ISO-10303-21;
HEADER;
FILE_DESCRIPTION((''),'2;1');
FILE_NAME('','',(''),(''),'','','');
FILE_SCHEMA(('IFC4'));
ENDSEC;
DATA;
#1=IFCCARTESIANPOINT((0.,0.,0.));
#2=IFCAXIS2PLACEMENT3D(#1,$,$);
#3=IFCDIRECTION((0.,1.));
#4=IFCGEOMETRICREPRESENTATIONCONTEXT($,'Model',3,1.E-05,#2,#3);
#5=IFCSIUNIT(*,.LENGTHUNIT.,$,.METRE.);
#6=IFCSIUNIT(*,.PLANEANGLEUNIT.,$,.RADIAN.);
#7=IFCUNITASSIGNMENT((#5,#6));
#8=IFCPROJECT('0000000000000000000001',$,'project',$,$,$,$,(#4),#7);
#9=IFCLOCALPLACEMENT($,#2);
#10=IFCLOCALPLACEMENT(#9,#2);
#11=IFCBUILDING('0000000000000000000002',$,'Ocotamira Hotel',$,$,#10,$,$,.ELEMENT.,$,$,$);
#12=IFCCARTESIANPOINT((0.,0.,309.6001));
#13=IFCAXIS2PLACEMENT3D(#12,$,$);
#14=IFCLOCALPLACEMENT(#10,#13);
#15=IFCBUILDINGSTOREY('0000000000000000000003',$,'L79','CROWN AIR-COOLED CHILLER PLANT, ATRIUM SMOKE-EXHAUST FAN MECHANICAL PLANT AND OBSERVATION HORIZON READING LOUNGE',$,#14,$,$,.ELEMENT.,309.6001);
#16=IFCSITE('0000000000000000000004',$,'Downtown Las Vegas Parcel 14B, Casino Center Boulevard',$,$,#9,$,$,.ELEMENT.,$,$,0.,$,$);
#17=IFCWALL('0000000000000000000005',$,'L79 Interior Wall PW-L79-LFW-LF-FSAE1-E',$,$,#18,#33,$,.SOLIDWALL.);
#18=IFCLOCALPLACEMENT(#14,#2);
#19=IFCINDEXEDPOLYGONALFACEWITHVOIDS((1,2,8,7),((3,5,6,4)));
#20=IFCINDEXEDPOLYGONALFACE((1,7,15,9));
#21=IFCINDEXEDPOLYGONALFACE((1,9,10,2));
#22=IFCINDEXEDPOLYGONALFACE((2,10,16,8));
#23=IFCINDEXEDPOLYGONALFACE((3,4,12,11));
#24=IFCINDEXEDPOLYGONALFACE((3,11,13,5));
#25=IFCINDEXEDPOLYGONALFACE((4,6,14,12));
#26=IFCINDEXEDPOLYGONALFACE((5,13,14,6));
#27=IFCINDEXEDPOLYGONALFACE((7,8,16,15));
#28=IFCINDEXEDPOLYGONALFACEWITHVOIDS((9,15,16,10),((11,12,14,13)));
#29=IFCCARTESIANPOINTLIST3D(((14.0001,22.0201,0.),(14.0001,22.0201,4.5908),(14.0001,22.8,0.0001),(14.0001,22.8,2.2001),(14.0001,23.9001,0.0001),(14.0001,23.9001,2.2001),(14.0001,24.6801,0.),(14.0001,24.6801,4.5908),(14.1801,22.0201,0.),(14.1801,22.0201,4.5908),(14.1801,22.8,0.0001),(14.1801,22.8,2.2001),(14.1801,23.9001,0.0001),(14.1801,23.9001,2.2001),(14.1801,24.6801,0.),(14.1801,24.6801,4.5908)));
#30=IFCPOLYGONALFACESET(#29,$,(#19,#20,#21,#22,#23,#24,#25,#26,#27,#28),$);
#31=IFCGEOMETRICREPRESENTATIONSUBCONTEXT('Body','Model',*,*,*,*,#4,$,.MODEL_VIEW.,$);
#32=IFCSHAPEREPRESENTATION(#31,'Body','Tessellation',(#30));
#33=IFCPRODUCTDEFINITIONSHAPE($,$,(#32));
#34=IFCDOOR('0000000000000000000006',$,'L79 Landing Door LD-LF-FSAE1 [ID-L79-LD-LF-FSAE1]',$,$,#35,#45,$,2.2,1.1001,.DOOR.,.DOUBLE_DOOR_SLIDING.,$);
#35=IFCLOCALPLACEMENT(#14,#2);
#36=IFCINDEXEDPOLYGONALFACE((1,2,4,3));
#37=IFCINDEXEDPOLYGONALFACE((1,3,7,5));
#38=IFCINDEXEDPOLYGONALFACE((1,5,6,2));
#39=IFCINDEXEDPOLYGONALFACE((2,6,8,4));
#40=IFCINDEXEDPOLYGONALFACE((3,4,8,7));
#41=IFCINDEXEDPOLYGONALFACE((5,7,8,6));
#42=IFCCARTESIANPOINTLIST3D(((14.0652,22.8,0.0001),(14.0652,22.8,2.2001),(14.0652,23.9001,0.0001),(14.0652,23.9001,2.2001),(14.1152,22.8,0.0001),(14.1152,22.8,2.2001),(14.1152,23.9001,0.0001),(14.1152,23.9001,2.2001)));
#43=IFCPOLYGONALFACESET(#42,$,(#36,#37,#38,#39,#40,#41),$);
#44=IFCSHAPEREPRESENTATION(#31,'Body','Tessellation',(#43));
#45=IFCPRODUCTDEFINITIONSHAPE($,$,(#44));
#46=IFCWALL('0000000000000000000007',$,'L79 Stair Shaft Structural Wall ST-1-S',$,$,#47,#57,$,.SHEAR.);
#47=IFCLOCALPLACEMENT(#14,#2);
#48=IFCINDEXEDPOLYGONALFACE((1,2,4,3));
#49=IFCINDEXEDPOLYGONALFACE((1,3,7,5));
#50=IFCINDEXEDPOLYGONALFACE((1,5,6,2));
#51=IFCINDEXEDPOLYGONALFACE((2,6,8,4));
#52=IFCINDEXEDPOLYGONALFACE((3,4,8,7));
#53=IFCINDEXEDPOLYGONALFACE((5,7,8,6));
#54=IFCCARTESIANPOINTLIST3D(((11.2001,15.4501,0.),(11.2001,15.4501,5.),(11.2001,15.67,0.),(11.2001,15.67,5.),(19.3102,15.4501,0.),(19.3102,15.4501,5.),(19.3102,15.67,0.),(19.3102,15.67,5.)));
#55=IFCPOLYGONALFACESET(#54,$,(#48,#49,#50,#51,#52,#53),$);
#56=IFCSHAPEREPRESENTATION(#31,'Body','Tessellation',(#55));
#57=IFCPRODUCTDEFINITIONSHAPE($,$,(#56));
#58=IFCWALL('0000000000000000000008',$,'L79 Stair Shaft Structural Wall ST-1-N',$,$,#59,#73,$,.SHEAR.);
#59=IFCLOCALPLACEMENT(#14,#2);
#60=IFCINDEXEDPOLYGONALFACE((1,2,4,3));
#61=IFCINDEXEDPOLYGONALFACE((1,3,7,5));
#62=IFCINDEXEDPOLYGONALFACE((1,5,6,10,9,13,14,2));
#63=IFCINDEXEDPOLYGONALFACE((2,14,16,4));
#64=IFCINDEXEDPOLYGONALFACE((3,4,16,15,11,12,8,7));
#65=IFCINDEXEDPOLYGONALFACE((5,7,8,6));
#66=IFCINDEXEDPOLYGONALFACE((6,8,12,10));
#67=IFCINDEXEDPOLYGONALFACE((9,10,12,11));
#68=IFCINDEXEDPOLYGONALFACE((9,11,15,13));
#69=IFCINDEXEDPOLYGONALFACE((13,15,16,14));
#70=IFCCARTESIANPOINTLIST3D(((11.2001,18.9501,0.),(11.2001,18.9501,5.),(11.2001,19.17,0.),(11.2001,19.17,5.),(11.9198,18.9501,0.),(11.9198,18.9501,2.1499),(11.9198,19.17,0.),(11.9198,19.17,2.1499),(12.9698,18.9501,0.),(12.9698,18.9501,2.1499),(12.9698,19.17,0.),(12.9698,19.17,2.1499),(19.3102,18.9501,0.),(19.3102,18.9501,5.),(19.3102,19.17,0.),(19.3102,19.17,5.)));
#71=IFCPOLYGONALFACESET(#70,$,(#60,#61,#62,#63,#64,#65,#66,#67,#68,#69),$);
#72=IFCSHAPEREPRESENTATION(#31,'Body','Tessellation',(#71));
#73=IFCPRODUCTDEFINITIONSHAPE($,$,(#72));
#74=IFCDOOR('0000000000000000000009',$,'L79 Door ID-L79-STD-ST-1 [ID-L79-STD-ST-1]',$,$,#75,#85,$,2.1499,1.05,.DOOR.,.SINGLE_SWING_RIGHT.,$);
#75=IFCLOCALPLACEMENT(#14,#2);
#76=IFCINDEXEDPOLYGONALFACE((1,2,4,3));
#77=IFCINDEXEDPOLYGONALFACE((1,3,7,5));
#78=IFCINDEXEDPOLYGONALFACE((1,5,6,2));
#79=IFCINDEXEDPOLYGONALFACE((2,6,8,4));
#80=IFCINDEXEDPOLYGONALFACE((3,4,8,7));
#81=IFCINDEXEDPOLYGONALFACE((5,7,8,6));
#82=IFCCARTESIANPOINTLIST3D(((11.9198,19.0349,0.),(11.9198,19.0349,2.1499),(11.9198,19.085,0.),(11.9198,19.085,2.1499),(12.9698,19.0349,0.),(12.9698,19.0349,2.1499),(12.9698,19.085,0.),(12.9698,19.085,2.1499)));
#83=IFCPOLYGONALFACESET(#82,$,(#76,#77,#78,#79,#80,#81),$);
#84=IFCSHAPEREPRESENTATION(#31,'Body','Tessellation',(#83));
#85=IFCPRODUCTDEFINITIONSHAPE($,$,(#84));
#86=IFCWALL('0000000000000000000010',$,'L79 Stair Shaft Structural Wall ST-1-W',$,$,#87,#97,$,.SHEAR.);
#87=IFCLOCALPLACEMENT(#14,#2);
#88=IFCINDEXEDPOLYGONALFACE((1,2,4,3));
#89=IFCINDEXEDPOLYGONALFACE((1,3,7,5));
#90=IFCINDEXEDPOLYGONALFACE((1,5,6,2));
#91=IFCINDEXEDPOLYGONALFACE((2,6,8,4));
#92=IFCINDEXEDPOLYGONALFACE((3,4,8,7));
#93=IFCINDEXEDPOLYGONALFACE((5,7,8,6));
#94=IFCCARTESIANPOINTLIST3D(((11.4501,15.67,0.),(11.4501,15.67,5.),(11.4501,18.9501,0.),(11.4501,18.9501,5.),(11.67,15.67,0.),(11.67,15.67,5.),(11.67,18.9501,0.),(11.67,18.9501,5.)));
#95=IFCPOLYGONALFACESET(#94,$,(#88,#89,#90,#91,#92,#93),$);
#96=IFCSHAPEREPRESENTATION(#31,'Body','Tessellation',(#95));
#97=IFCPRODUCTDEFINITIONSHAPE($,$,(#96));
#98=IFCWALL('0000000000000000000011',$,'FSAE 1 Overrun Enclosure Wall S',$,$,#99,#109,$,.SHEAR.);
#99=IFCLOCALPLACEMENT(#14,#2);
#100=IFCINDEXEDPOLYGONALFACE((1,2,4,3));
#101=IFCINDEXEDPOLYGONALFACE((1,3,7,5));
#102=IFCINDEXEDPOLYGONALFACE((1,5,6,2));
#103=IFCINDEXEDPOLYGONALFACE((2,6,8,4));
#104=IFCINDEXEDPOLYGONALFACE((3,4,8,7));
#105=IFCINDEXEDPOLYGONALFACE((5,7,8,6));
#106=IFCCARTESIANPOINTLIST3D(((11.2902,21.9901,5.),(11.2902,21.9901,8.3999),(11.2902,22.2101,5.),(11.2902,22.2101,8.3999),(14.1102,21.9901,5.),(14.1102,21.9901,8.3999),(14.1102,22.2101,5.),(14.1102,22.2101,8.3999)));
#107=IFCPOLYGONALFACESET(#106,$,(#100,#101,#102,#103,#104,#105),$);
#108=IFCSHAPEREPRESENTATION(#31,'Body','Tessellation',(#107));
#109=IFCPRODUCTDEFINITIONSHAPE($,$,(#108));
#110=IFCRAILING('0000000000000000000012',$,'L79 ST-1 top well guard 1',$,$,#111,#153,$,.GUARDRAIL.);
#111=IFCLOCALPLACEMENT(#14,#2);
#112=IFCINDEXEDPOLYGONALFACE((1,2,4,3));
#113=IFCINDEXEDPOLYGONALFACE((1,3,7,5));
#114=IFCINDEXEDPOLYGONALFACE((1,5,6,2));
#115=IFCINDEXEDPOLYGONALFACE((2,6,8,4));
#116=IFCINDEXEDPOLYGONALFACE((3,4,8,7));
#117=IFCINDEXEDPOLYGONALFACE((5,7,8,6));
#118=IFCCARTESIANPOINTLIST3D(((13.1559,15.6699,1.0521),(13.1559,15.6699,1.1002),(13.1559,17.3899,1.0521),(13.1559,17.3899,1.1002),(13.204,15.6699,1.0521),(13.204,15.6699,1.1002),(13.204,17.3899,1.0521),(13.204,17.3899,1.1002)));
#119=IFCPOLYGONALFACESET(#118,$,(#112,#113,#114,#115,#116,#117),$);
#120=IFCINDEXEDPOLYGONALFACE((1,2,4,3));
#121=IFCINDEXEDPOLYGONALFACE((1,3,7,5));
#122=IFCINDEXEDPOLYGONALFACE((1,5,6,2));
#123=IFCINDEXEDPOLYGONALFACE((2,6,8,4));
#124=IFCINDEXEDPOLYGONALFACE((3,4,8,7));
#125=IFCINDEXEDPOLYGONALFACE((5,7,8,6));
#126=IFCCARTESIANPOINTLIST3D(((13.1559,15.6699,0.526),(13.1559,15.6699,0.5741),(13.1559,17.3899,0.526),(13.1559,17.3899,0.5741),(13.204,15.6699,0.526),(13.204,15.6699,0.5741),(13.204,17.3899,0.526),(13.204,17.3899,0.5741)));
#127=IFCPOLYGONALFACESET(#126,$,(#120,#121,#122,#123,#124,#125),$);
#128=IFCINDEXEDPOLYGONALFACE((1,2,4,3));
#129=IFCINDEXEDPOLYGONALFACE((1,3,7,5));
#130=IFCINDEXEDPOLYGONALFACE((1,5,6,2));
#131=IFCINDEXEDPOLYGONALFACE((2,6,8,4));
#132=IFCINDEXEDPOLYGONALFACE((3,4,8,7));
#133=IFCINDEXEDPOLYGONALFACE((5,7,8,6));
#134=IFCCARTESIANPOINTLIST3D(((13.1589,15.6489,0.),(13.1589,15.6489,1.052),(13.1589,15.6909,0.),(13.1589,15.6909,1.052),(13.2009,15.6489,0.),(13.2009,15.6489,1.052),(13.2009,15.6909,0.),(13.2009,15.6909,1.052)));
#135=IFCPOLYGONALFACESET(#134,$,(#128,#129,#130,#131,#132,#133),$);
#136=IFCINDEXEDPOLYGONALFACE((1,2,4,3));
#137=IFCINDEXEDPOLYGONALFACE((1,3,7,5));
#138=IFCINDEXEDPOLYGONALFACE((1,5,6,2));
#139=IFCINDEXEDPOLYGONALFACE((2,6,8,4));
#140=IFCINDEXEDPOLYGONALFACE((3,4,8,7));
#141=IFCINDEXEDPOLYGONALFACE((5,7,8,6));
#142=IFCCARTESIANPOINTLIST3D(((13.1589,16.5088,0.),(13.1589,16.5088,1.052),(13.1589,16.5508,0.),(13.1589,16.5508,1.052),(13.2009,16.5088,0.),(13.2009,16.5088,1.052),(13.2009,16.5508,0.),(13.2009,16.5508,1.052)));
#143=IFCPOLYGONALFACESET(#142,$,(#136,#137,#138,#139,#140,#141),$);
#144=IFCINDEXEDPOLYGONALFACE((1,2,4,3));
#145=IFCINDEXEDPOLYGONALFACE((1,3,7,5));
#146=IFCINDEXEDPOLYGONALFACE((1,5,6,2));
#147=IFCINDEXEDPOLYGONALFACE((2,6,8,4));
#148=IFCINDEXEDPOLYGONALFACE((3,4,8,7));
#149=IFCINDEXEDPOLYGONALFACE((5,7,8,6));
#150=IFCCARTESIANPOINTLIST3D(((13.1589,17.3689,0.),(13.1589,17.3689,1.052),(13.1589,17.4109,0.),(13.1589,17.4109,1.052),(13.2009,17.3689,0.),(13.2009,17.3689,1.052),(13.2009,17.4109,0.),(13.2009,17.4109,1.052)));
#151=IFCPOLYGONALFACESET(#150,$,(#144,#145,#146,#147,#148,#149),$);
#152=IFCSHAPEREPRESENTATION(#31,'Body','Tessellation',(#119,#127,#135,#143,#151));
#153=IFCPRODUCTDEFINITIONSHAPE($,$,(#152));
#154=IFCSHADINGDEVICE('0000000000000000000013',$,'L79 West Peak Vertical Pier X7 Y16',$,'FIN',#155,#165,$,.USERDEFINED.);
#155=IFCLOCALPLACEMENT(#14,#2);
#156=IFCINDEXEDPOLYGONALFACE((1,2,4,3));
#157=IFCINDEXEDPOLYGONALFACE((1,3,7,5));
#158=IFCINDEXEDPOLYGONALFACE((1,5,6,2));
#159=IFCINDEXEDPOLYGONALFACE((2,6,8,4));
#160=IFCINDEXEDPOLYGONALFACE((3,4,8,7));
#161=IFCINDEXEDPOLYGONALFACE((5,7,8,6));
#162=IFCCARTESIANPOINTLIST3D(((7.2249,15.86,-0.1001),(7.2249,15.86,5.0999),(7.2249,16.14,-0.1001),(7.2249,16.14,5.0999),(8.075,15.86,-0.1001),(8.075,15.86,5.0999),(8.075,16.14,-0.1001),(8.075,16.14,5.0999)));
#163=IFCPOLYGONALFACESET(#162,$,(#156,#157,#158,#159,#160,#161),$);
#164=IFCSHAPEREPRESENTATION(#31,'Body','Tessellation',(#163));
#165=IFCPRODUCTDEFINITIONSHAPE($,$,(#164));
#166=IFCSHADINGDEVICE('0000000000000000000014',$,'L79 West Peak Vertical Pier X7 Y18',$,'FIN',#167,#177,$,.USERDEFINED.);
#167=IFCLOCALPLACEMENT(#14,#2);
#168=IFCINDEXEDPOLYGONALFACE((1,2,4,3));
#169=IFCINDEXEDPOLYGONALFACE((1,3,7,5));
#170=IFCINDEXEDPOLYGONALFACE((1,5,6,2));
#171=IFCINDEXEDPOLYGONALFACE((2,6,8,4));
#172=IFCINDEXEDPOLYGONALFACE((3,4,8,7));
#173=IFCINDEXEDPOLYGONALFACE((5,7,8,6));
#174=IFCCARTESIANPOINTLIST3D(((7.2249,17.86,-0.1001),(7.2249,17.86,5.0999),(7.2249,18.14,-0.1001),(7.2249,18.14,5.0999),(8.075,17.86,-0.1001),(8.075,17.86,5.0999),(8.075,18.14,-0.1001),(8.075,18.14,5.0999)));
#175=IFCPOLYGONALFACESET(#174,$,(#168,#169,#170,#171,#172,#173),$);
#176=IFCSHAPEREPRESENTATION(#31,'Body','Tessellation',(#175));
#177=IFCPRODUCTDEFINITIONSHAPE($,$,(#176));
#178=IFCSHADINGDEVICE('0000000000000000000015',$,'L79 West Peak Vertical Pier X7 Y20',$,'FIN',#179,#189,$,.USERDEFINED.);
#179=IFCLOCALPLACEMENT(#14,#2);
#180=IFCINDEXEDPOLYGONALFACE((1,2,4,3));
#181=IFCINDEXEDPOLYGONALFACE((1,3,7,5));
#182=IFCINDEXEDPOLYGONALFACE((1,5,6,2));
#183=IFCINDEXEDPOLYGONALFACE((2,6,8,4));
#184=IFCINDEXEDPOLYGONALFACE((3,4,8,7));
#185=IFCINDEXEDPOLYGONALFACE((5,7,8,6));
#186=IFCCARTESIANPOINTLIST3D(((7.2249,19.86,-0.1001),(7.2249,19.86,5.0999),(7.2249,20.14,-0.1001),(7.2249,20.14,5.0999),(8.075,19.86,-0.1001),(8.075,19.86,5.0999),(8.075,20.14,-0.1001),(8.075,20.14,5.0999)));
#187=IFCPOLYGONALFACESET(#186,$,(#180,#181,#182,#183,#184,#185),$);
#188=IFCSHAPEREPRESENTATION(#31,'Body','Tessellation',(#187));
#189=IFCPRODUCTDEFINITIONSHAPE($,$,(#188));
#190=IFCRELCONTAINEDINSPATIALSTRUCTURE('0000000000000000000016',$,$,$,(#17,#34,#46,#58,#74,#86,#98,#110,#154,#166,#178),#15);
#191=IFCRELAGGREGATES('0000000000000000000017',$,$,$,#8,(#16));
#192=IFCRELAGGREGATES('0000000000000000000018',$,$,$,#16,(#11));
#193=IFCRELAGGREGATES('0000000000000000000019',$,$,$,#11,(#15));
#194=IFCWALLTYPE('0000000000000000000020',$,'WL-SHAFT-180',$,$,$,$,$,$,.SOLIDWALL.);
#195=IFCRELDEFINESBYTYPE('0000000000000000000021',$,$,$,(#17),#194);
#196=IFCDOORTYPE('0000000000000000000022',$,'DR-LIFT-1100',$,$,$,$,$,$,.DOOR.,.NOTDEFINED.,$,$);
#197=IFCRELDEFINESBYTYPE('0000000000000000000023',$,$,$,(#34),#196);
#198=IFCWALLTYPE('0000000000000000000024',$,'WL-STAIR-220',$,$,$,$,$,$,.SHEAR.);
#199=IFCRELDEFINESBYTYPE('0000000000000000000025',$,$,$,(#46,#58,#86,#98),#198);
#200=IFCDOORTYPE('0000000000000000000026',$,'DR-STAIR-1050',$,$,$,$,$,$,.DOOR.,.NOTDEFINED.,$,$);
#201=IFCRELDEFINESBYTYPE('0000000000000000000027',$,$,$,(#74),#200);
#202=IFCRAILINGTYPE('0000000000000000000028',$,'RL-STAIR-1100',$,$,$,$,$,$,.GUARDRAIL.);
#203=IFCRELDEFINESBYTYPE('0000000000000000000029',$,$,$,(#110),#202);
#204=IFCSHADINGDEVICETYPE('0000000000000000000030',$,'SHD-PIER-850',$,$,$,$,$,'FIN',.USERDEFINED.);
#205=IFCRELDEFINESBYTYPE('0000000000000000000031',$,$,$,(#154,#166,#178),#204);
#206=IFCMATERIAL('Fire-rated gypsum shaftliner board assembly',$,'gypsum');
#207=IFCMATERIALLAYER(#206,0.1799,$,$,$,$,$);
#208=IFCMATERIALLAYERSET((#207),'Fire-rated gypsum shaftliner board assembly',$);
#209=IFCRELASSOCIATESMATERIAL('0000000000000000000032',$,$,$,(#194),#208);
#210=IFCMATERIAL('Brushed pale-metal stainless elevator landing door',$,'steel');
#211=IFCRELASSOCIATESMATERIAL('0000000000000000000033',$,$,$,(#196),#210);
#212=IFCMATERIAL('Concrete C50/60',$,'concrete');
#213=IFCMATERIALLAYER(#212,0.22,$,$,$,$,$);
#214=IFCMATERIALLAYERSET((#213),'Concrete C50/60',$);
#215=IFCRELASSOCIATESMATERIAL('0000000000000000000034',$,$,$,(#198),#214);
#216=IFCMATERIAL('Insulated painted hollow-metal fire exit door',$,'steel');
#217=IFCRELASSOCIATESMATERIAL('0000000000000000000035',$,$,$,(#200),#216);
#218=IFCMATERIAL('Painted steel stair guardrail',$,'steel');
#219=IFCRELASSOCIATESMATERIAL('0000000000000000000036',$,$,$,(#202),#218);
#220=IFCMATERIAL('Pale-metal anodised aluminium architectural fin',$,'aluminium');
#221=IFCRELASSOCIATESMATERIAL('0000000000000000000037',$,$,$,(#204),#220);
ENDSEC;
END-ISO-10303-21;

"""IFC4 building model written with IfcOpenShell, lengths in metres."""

from ifc_helpers import new_model, si_unit, direction, frame, frame_2d, origin, origin_2d, place, context, subcontext, project, spatial, rectangle, extrude, source, transform, mapped, material, layer, layer_set, type_object, element, fill, save


model = new_model("IFC4")

# Units and contexts
model_context = context("Model", 3, precision=1e-05, world=origin(), true_north=direction((0.0, 1.0)))
body_context = subcontext(model_context, "Body", "Model", "MODEL_VIEW")
ifc_project = project(units=[si_unit("LENGTHUNIT", "METRE"), si_unit("PLANEANGLEUNIT", "RADIAN")], contexts=[model_context])

# Site, building, storey
site_placement = place(None, origin())
site = spatial("IfcSite", under=ifc_project, at=site_placement, Name="Downtown Las Vegas Parcel 14B, Casino Center Boulevard", CompositionType="ELEMENT", RefElevation=0.0)
building_placement = place(site_placement, origin())
building = spatial("IfcBuilding", under=site, at=building_placement, Name="Ocotamira Hotel", CompositionType="ELEMENT")
storey_placement = place(building_placement, frame((0.0, 0.0, 309.6001)))
storey = spatial("IfcBuildingStorey", under=building, at=storey_placement, Name="L79", Description="CROWN AIR-COOLED CHILLER PLANT, ATRIUM SMOKE-EXHAUST FAN MECHANICAL PLANT AND OBSERVATION HORIZON READING LOUNGE", CompositionType="ELEMENT", Elevation=309.6001)

# Shared definitions
ifc_material_1 = material(Name="Concrete C50/60", Category="concrete")

# Wall, opening, door
ifc_material_2 = material(Name="Fire-rated gypsum shaftliner board assembly", Category="gypsum")
ifc_layer_1 = layer(ifc_material_2, 0.1799)
ifc_layer_set_1 = layer_set([ifc_layer_1], Name="Fire-rated gypsum shaftliner board assembly")
wall_type_1 = type_object("IfcWallType", Name="WL-SHAFT-180", PredefinedType="SOLIDWALL", material=ifc_layer_set_1)
wall_1_placement = place(storey_placement, frame((14.0901, 22.02, 0.0), z_axis=(0.0, 0.0, 1.0), x_axis=(0.0, 1.0, 0.0)))
wall_1 = element("IfcWall", 1, at=wall_1_placement, inside=storey, type_object=wall_type_1, Name="L79 Interior Wall PW-L79-LFW-LF-FSAE1-E", PredefinedType="SOLIDWALL", context=body_context, shape_type="SweptSolid", body=[
    extrude(rectangle(XDim=2.6599, YDim=0.1799, at=frame_2d((1.3301, 0.0))), origin(), (0.0, 0.0, 1.0), 4.5908),
])
opening_1_placement = place(wall_1_placement, frame((0.78, 0.0, 0.0)))
opening_1 = element("IfcOpeningElement", 2, at=opening_1_placement, cuts=wall_1, PredefinedType="OPENING", context=body_context, shape_type="SweptSolid", body=[
    extrude(rectangle(XDim=1.1001, YDim=2.2, at=frame_2d((0.55, 1.1001))), frame((0.0, 0.1001, 0.0), z_axis=(0.0, -1.0, 0.0), x_axis=(1.0, 0.0, 0.0)), (0.0, 0.0, 1.0), 0.2),
])
ifc_material_3 = material(Name="Brushed pale-metal stainless elevator landing door", Category="steel")
door_type_1 = type_object("IfcDoorType", Name="DR-LIFT-1100", OperationType="NOTDEFINED", PredefinedType="DOOR", material=ifc_material_3)
shared_shape_1 = source(origin(), body_context, "Body", "SweptSolid", [
    extrude(rectangle(XDim=1.1001, YDim=2.2, at=frame_2d((0.55, 1.1001))), frame((0.0, 0.0249, 0.0), z_axis=(0.0, -1.0, 0.0), x_axis=(1.0, 0.0, 0.0)), (0.0, 0.0, 1.0), 0.05),
])
door_1_placement = place(opening_1_placement, origin())
door_1 = element("IfcDoor", 3, at=door_1_placement, inside=storey, type_object=door_type_1, Name="L79 Landing Door LD-LF-FSAE1 [ID-L79-LD-LF-FSAE1]", OperationType="DOUBLE_DOOR_SLIDING", OverallHeight=2.2, OverallWidth=1.1001, PredefinedType="DOOR", context=body_context, shape_type="MappedRepresentation", body=[
    mapped(shared_shape_1, transform((0.0, 0.0, 0.0), scale=1.0)),
])
fill(opening_1, door_1)

# Wall
ifc_layer_2 = layer(ifc_material_1, 0.22)
ifc_layer_set_2 = layer_set([ifc_layer_2], Name="Concrete C50/60")
wall_type_2 = type_object("IfcWallType", Name="WL-STAIR-220", PredefinedType="SHEAR", material=ifc_layer_set_2)
wall_2_placement = place(storey_placement, frame((11.2, 15.5601, 0.0), z_axis=(0.0, 0.0, 1.0), x_axis=(1.0, 0.0, 0.0)))
element("IfcWall", 4, at=wall_2_placement, inside=storey, type_object=wall_type_2, Name="L79 Stair Shaft Structural Wall ST-1-S", PredefinedType="SHEAR", context=body_context, shape_type="SweptSolid", body=[
    extrude(rectangle(XDim=8.1101, YDim=0.22, at=frame_2d((4.0552, 0.0))), origin(), (0.0, 0.0, 1.0), 5.0),
])

# Wall, opening, door
wall_3_placement = place(storey_placement, frame((11.2, 19.0601, 0.0), z_axis=(0.0, 0.0, 1.0), x_axis=(1.0, 0.0, 0.0)))
wall_3 = element("IfcWall", 5, at=wall_3_placement, inside=storey, type_object=wall_type_2, Name="L79 Stair Shaft Structural Wall ST-1-N", PredefinedType="SHEAR", context=body_context, shape_type="SweptSolid", body=[
    extrude(rectangle(XDim=8.1101, YDim=0.22, at=frame_2d((4.0552, 0.0))), origin(), (0.0, 0.0, 1.0), 5.0),
])
opening_2_placement = place(wall_3_placement, frame((0.72, 0.0, 0.0)))
opening_2 = element("IfcOpeningElement", 6, at=opening_2_placement, cuts=wall_3, PredefinedType="OPENING", context=body_context, shape_type="SweptSolid", body=[
    extrude(rectangle(XDim=1.05, YDim=2.1499, at=frame_2d((0.5249, 1.075))), frame((0.0, 0.1201, 0.0), z_axis=(0.0, -1.0, 0.0), x_axis=(1.0, 0.0, 0.0)), (0.0, 0.0, 1.0), 0.24),
])
ifc_material_4 = material(Name="Insulated painted hollow-metal fire exit door", Category="steel")
door_type_2 = type_object("IfcDoorType", Name="DR-STAIR-1050", OperationType="NOTDEFINED", PredefinedType="DOOR", material=ifc_material_4)
shared_shape_2 = source(origin(), body_context, "Body", "SweptSolid", [
    extrude(rectangle(XDim=1.05, YDim=2.1499, at=frame_2d((0.5249, 1.075))), frame((0.0, 0.0249, 0.0), z_axis=(0.0, -1.0, 0.0), x_axis=(1.0, 0.0, 0.0)), (0.0, 0.0, 1.0), 0.05),
])
door_2_placement = place(opening_2_placement, origin())
door_2 = element("IfcDoor", 7, at=door_2_placement, inside=storey, type_object=door_type_2, Name="L79 Door ID-L79-STD-ST-1 [ID-L79-STD-ST-1]", OperationType="SINGLE_SWING_RIGHT", OverallHeight=2.1499, OverallWidth=1.05, PredefinedType="DOOR", context=body_context, shape_type="MappedRepresentation", body=[
    mapped(shared_shape_2, transform((0.0, 0.0, 0.0), scale=1.0)),
])
fill(opening_2, door_2)

# Walls
wall_4_placement = place(storey_placement, frame((11.5601, 15.6699, 0.0), z_axis=(0.0, 0.0, 1.0), x_axis=(0.0, 1.0, 0.0)))
element("IfcWall", 8, at=wall_4_placement, inside=storey, type_object=wall_type_2, Name="L79 Stair Shaft Structural Wall ST-1-W", PredefinedType="SHEAR", context=body_context, shape_type="SweptSolid", body=[
    extrude(rectangle(XDim=3.28, YDim=0.22, at=frame_2d((1.6401, 0.0))), origin(), (0.0, 0.0, 1.0), 5.0),
])
wall_5_placement = place(storey_placement, frame((11.29, 22.1001, 5.0), z_axis=(0.0, 0.0, 1.0), x_axis=(1.0, 0.0, 0.0)))
element("IfcWall", 9, at=wall_5_placement, inside=storey, type_object=wall_type_2, Name="FSAE 1 Overrun Enclosure Wall S", PredefinedType="SHEAR", context=body_context, shape_type="SweptSolid", body=[
    extrude(rectangle(XDim=2.8201, YDim=0.22, at=frame_2d((1.4102, 0.0))), origin(), (0.0, 0.0, 1.0), 3.3999),
])

# Railing
ifc_material_5 = material(Name="Painted steel stair guardrail", Category="steel")
railing_type = type_object("IfcRailingType", Name="RL-STAIR-1100", PredefinedType="GUARDRAIL", material=ifc_material_5)
railing_placement = place(storey_placement, frame((13.1799, 15.6699, 0.0)))
element("IfcRailing", 10, at=railing_placement, inside=storey, type_object=railing_type, Name="L79 ST-1 top well guard 1", PredefinedType="GUARDRAIL", context=body_context, shape_type="SweptSolid", body=[
    extrude(rectangle(XDim=0.0481, YDim=0.0481, at=origin_2d()), frame((0.0, 0.0, 1.0762), z_axis=(0.0, 1.0, 0.0), x_axis=(-1.0, 0.0, 0.0)), (0.0, 0.0, 1.0), 1.72),
    extrude(rectangle(XDim=0.0481, YDim=0.0481, at=origin_2d()), frame((0.0, 0.0, 0.55), z_axis=(0.0, 1.0, 0.0), x_axis=(-1.0, 0.0, 0.0)), (0.0, 0.0, 1.0), 1.72),
    extrude(rectangle(XDim=0.042, YDim=0.042, at=origin_2d()), origin(), (0.0, 0.0, 1.0), 1.052),
    extrude(rectangle(XDim=0.042, YDim=0.042, at=origin_2d()), frame((0.0, 0.8599, 0.0)), (0.0, 0.0, 1.0), 1.052),
    extrude(rectangle(XDim=0.042, YDim=0.042, at=origin_2d()), frame((0.0, 1.72, 0.0)), (0.0, 0.0, 1.0), 1.052),
])

# Shading devices
ifc_material_6 = material(Name="Pale-metal anodised aluminium architectural fin", Category="aluminium")
shading_device_type = type_object("IfcShadingDeviceType", Name="SHD-PIER-850", ElementType="FIN", PredefinedType="USERDEFINED", material=ifc_material_6)
shared_shape_3 = source(origin(), body_context, "Body", "SweptSolid", [
    extrude(rectangle(XDim=0.8501, YDim=0.28, at=origin_2d()), origin(), (0.0, 0.0, 1.0), 5.2),
])
for number, where, z_axis, x_axis, name in (
    (11, (7.6499, 16.0, -0.1001), (0.0, 0.0, 1.0), (1.0, 0.0, 0.0), "L79 West Peak Vertical Pier X7 Y16"),
    (12, (7.6499, 18.0, -0.1001), (0.0, 0.0, 1.0), (1.0, 0.0, 0.0), "L79 West Peak Vertical Pier X7 Y18"),
    (13, (7.6499, 20.0, -0.1001), (0.0, 0.0, 1.0), (1.0, 0.0, 0.0), "L79 West Peak Vertical Pier X7 Y20"),
):
    element("IfcShadingDevice", number, at=place(storey_placement, frame(where, z_axis=z_axis, x_axis=x_axis)), inside=storey, type_object=shading_device_type, Name=name, ObjectType="FIN", PredefinedType="USERDEFINED", context=body_context, shape_type="MappedRepresentation", body=[
        mapped(shared_shape_3, transform((0.0, 0.0, 0.0), scale=1.0)),
    ])

save(model, "model.ifc")
